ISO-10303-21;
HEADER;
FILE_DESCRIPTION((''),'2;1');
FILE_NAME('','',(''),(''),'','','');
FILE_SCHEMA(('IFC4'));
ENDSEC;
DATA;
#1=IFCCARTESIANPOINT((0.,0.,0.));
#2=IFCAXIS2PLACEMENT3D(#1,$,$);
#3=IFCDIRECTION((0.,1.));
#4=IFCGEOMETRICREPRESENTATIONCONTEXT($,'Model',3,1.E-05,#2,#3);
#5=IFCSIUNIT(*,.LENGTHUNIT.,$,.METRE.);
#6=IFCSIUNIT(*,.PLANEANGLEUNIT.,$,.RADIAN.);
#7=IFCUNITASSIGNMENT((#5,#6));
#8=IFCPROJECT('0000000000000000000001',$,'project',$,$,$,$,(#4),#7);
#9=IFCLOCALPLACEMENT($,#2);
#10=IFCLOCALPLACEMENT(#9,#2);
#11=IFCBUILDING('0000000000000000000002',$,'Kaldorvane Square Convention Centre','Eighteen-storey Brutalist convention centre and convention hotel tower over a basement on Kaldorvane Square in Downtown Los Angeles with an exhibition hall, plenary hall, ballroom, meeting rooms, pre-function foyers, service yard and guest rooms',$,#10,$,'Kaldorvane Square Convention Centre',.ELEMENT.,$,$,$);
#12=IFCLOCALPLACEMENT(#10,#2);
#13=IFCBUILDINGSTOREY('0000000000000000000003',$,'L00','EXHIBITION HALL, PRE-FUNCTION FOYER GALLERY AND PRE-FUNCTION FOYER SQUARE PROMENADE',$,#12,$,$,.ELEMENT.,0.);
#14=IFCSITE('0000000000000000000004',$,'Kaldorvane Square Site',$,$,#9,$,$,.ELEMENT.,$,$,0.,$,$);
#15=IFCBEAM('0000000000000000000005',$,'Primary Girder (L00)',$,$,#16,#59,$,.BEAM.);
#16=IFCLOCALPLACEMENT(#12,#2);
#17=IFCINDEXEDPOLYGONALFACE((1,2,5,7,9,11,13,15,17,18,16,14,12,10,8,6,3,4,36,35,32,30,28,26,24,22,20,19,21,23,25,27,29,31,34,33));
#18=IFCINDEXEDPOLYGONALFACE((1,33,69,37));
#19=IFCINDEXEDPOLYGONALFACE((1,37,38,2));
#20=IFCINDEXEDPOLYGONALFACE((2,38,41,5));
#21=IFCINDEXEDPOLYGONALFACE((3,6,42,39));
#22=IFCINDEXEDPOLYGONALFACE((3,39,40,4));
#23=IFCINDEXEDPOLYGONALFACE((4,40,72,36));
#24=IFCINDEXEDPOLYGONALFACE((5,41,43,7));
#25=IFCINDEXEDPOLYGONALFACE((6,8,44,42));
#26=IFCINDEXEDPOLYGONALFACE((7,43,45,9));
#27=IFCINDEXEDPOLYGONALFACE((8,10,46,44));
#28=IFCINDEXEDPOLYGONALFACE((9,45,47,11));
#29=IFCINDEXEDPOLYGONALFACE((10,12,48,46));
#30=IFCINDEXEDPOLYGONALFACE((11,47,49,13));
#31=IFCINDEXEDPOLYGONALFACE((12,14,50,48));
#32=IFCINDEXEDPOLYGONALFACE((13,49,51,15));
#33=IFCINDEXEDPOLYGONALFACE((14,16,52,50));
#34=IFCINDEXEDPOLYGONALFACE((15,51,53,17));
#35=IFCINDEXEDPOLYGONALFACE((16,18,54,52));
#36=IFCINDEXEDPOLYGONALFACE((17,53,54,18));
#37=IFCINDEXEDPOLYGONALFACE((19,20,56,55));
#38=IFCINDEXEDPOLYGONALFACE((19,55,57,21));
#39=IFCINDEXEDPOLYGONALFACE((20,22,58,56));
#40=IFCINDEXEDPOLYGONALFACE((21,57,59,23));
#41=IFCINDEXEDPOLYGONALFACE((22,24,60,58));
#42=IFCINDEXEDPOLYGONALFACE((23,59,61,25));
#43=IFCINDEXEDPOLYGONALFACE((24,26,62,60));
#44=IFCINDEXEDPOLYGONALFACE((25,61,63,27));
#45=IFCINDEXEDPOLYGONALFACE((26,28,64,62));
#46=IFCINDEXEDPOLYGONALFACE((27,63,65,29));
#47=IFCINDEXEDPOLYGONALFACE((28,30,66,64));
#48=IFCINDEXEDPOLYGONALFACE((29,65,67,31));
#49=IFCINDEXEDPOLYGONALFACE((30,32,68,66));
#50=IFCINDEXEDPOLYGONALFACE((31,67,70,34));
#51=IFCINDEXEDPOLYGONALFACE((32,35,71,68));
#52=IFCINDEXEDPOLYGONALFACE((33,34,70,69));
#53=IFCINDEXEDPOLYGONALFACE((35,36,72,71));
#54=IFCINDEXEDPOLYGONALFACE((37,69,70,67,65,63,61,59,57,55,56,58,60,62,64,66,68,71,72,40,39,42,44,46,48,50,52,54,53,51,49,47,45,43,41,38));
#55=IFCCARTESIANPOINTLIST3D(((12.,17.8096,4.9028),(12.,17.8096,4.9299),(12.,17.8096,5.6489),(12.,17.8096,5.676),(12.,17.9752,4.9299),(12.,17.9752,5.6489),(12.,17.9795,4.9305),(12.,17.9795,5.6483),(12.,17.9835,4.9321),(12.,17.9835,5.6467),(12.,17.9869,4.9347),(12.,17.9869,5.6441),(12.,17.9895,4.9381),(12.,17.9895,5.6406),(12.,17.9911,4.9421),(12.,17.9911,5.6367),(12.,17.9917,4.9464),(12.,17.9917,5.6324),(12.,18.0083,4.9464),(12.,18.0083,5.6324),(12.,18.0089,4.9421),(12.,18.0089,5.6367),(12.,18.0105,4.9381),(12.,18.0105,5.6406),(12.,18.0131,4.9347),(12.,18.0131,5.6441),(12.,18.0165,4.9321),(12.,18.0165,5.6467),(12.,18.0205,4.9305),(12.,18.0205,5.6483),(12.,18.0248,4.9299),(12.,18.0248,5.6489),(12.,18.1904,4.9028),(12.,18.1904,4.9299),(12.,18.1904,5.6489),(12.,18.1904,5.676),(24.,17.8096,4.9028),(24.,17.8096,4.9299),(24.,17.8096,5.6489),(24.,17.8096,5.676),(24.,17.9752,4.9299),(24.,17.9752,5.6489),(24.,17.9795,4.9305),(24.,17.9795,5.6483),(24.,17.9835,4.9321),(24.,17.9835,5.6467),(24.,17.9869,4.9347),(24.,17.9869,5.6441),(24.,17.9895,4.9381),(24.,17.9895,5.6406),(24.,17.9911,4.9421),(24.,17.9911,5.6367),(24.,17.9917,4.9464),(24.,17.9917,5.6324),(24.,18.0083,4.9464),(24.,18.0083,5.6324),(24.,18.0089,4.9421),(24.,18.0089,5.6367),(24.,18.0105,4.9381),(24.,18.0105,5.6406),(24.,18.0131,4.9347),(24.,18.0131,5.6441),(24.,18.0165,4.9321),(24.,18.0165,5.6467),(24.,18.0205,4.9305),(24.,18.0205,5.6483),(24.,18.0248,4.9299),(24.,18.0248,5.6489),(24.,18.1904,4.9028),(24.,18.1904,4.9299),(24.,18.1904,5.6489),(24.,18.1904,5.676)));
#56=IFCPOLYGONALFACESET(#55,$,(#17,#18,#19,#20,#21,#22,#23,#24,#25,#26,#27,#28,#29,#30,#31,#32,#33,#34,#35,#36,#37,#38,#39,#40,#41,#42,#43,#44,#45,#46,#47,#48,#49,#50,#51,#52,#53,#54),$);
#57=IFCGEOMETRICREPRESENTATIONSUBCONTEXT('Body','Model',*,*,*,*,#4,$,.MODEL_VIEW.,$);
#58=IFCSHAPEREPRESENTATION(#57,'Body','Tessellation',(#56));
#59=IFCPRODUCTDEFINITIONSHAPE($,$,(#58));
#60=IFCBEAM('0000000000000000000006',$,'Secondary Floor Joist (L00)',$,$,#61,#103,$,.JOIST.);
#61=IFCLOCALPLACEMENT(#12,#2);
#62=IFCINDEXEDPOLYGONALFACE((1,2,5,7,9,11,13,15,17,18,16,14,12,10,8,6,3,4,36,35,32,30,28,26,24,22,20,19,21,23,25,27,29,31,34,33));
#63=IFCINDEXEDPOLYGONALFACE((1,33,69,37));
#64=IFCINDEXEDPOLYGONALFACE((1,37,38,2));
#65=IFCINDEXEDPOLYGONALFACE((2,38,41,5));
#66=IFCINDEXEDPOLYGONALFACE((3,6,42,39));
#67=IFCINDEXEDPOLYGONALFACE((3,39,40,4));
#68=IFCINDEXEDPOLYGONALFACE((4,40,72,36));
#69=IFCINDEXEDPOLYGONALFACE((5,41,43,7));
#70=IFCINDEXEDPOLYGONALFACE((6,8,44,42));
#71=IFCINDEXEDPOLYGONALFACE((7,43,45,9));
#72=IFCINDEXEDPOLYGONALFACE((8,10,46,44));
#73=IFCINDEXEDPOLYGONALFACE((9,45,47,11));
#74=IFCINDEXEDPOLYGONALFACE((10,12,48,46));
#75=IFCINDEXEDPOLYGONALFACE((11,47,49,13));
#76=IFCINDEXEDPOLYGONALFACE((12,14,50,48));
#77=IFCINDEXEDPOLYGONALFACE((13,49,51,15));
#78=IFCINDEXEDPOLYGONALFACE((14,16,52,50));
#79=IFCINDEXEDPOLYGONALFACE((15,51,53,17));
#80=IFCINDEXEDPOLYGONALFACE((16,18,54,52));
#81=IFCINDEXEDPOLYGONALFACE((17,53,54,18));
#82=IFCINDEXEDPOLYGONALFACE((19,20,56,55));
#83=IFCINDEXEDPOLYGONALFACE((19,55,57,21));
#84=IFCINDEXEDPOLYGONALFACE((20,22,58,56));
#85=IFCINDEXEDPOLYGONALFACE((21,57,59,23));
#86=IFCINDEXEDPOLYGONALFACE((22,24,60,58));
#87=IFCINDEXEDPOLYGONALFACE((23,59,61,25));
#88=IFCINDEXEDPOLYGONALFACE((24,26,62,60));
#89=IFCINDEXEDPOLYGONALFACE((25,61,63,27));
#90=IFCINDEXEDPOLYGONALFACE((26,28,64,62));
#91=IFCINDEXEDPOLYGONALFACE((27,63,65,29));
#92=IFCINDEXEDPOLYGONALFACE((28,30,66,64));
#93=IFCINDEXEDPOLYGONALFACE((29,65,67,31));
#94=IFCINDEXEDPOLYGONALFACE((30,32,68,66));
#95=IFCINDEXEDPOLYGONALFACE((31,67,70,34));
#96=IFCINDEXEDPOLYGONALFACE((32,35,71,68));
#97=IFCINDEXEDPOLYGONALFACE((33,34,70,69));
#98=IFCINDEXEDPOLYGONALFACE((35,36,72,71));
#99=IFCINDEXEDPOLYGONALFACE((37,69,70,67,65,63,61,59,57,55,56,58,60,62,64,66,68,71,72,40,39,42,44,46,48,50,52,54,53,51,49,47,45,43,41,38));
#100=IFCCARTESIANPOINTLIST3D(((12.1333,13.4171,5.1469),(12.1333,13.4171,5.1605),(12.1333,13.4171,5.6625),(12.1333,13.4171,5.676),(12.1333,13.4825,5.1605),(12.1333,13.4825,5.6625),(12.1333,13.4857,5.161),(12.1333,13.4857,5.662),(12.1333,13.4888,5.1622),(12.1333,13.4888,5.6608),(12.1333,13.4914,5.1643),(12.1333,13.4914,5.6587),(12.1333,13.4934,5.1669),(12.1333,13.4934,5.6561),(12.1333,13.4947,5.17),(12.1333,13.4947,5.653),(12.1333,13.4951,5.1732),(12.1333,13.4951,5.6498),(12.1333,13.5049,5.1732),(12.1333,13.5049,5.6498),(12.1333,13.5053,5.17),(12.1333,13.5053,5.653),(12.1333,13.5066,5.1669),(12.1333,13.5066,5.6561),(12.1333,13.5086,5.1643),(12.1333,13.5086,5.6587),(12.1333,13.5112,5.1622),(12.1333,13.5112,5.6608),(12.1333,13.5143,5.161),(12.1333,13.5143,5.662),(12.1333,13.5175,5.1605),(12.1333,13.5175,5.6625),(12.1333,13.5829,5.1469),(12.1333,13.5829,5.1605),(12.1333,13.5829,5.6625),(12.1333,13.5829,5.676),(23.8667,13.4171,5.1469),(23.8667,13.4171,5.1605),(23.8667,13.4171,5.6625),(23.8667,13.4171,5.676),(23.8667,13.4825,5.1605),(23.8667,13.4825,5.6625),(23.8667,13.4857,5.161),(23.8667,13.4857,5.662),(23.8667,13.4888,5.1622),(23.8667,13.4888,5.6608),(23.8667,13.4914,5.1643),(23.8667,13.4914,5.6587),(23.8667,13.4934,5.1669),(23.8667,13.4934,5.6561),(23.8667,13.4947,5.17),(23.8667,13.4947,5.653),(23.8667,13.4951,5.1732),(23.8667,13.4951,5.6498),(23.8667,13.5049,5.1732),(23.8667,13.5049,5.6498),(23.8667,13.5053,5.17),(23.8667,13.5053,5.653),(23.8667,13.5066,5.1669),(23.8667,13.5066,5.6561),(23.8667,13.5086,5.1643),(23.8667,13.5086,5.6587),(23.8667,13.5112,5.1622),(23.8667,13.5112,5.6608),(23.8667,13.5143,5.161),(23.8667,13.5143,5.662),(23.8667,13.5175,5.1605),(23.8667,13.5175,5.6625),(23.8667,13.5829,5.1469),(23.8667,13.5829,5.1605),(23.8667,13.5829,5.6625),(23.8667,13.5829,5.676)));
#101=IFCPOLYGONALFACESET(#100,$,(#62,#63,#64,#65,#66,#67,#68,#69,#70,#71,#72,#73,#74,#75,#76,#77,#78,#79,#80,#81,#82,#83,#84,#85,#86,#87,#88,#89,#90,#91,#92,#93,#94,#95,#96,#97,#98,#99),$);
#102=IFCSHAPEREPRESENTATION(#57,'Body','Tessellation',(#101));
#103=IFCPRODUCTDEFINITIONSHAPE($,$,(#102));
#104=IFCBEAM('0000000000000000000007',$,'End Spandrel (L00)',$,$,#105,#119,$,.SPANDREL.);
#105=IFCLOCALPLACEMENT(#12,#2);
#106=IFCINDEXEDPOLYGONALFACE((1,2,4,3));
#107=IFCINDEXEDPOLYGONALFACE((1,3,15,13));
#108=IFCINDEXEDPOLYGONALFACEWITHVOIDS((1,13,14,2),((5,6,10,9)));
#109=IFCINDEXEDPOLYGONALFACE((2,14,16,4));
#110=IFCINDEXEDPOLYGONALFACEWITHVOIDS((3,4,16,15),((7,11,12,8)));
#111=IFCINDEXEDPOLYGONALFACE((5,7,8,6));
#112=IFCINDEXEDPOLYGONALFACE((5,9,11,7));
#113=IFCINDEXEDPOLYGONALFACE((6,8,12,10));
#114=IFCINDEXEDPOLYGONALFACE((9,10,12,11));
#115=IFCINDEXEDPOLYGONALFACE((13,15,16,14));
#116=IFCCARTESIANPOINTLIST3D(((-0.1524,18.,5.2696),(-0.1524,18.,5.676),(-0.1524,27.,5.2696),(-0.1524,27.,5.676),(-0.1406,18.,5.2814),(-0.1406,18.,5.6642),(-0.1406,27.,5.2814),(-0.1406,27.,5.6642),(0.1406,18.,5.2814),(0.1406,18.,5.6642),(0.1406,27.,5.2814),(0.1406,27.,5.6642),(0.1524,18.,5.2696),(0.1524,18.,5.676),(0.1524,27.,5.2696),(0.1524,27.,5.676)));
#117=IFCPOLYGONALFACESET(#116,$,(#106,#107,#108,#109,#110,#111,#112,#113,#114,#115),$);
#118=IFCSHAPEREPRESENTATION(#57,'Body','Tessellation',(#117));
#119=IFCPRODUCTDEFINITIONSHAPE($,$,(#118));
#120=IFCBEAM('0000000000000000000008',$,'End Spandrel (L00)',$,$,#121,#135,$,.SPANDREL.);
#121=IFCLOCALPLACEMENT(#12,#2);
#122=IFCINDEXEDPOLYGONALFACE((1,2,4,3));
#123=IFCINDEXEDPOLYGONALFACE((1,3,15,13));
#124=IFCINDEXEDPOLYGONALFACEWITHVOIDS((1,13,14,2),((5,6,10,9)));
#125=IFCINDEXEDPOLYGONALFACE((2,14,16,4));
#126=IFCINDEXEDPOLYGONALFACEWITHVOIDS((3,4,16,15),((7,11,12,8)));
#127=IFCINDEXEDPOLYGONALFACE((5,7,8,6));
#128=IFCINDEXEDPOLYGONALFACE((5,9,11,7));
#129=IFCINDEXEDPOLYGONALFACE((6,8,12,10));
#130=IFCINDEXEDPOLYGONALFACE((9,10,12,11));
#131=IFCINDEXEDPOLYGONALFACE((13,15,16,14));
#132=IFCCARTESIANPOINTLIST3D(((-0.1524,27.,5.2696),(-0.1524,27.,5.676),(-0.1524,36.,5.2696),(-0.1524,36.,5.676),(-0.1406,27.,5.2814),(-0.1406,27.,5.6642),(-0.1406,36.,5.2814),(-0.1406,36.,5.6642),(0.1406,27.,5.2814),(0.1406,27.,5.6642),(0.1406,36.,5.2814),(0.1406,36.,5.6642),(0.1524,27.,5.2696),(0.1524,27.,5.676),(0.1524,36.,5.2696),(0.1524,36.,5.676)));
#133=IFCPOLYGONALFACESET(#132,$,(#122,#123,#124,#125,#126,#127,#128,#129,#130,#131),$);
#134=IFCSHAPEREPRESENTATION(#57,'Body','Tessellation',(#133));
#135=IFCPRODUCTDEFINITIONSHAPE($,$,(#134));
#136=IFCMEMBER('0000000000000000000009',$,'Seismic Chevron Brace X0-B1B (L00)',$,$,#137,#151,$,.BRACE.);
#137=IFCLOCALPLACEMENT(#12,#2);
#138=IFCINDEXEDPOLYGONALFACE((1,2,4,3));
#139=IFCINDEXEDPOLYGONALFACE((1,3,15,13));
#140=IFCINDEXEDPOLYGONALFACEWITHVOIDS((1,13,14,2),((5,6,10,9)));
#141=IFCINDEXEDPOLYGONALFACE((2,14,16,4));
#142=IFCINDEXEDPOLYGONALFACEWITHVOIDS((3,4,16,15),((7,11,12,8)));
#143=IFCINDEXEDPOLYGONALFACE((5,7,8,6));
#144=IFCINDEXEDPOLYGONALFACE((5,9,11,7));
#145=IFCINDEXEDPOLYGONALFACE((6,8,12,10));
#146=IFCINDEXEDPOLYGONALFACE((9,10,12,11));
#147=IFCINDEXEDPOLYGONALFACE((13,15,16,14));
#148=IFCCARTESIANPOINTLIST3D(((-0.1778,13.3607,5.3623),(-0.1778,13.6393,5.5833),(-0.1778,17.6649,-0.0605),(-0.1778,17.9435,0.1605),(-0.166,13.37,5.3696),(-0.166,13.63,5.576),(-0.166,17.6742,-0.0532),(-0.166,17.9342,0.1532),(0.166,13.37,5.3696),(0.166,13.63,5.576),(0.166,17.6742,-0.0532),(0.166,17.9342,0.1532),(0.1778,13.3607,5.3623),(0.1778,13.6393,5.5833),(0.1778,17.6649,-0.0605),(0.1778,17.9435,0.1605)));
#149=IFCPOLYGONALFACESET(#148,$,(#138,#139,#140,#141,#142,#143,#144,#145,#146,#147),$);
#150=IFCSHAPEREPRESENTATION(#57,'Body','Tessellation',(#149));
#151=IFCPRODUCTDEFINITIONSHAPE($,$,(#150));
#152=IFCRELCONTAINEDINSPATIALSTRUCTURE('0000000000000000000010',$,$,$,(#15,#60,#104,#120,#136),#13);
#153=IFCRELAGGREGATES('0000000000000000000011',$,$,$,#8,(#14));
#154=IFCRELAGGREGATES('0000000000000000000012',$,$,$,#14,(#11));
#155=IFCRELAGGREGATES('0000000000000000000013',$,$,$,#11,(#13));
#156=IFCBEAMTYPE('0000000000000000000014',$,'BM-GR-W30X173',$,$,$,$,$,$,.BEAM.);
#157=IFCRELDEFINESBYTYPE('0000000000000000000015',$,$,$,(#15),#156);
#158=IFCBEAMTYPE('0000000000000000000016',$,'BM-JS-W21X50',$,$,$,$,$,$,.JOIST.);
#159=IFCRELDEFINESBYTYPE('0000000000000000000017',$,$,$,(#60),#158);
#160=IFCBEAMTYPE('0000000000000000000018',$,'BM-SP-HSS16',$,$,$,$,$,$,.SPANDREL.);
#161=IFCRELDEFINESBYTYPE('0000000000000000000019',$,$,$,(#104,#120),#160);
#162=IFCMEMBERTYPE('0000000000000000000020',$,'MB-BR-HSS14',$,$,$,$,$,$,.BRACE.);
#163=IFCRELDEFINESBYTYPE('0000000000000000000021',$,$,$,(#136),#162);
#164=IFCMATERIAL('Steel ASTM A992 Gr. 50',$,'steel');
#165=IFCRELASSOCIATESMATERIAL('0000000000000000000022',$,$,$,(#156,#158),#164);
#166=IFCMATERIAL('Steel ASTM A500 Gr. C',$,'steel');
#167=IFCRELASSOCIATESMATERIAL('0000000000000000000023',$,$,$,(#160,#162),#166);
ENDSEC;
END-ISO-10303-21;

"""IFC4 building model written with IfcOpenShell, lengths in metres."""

from ifc_helpers import new_model, si_unit, direction, frame, origin, origin_2d, place, context, subcontext, project, spatial, hollow_rectangle, i_section, extrude, material, material_profile, profile_set, type_object, element, save


model = new_model("IFC4")

# Units and contexts
model_context = context("Model", 3, precision=1e-05, world=origin(), true_north=direction((0.0, 1.0)))
body_context = subcontext(model_context, "Body", "Model", "MODEL_VIEW")
ifc_project = project(units=[si_unit("LENGTHUNIT", "METRE"), si_unit("PLANEANGLEUNIT", "RADIAN")], contexts=[model_context])

# Site, building, storey
site_placement = place(None, origin())
site = spatial("IfcSite", under=ifc_project, at=site_placement, Name="Kaldorvane Square Site", CompositionType="ELEMENT", RefElevation=0.0)
building_placement = place(site_placement, origin())
building = spatial("IfcBuilding", under=site, at=building_placement, Name="Kaldorvane Square Convention Centre", Description="Eighteen-storey Brutalist convention centre and convention hotel tower over a basement on Kaldorvane Square in Downtown Los Angeles with an exhibition hall, plenary hall, ballroom, meeting rooms, pre-function foyers, service yard and guest rooms", LongName="Kaldorvane Square Convention Centre", CompositionType="ELEMENT")
storey_placement = place(building_placement, origin())
storey = spatial("IfcBuildingStorey", under=building, at=storey_placement, Name="L00", Description="EXHIBITION HALL, PRE-FUNCTION FOYER GALLERY AND PRE-FUNCTION FOYER SQUARE PROMENADE", CompositionType="ELEMENT", Elevation=0.0)

# Shared definitions
ifc_material_1 = material(Name="Steel ASTM A500 Gr. C", Category="steel")
ifc_material_2 = material(Name="Steel ASTM A992 Gr. 50", Category="steel")

# Beams
ifc_material_profile_1 = material_profile(ifc_material_2, i_section(OverallWidth=0.3807, OverallDepth=0.7732, WebThickness=0.0166, FlangeThickness=0.0271, FilletRadius=0.0165, at=origin_2d()), Name="W30X173")
ifc_profile_set_1 = profile_set([ifc_material_profile_1], Name="Steel ASTM A992 Gr. 50")
beam_type_1 = type_object("IfcBeamType", Name="BM-GR-W30X173", PredefinedType="BEAM", material=ifc_profile_set_1)
for number, where, z_axis, x_axis, name in (
    (1, (12.0, 18.0, 5.2894), (1.0, 0.0, 0.0), (0.0, 1.0, 0.0), "Primary Girder (L00)"),
):
    element("IfcBeam", number, at=place(storey_placement, frame(where, z_axis=z_axis, x_axis=x_axis)), inside=storey, type_object=beam_type_1, Name=name, PredefinedType="BEAM", context=body_context, shape_type="SweptSolid", body=[
        extrude(i_section(OverallWidth=0.3807, OverallDepth=0.7732, WebThickness=0.0166, FlangeThickness=0.0271, FilletRadius=0.0165, at=origin_2d()), origin(), (0.0, 0.0, 1.0), 12.0),
    ])
ifc_material_profile_2 = material_profile(ifc_material_2, i_section(OverallWidth=0.1659, OverallDepth=0.5291, WebThickness=0.0097, FlangeThickness=0.0136, FilletRadius=0.0127, at=origin_2d()), Name="W21X50")
ifc_profile_set_2 = profile_set([ifc_material_profile_2], Name="Steel ASTM A992 Gr. 50")
beam_type_2 = type_object("IfcBeamType", Name="BM-JS-W21X50", PredefinedType="JOIST", material=ifc_profile_set_2)
beam_1_placement = place(storey_placement, frame((12.1333, 13.5, 5.4115), z_axis=(1.0, 0.0, 0.0), x_axis=(0.0, 1.0, 0.0)))
element("IfcBeam", 2, at=beam_1_placement, inside=storey, type_object=beam_type_2, Name="Secondary Floor Joist (L00)", PredefinedType="JOIST", context=body_context, shape_type="SweptSolid", body=[
    extrude(i_section(OverallWidth=0.1659, OverallDepth=0.5291, WebThickness=0.0097, FlangeThickness=0.0136, FilletRadius=0.0127, at=origin_2d()), origin(), (0.0, 0.0, 1.0), 11.7334),
])
ifc_material_profile_3 = material_profile(ifc_material_1, hollow_rectangle(XDim=0.3048, YDim=0.4064, WallThickness=0.0118, at=origin_2d()), Name="HSS16X12X1/2")
ifc_profile_set_3 = profile_set([ifc_material_profile_3], Name="Steel ASTM A500 Gr. C")
beam_type_3 = type_object("IfcBeamType", Name="BM-SP-HSS16", PredefinedType="SPANDREL", material=ifc_profile_set_3)
for number, where, z_axis, x_axis, name in (
    (3, (0.0, 18.0, 5.4728), (0.0, 1.0, 0.0), (-1.0, 0.0, 0.0), "End Spandrel (L00)"),
    (4, (0.0, 27.0, 5.4728), (0.0, 1.0, 0.0), (-1.0, 0.0, 0.0), "End Spandrel (L00)"),
):
    element("IfcBeam", number, at=place(storey_placement, frame(where, z_axis=z_axis, x_axis=x_axis)), inside=storey, type_object=beam_type_3, Name=name, PredefinedType="SPANDREL", context=body_context, shape_type="SweptSolid", body=[
        extrude(hollow_rectangle(XDim=0.3048, YDim=0.4064, WallThickness=0.0118, at=origin_2d()), origin(), (0.0, 0.0, 1.0), 9.0),
    ])

# Member
ifc_material_profile_4 = material_profile(ifc_material_1, hollow_rectangle(XDim=0.3556, YDim=0.3556, WallThickness=0.0118, at=origin_2d()), Name="HSS14X14X1/2")
ifc_profile_set_4 = profile_set([ifc_material_profile_4], Name="Steel ASTM A500 Gr. C")
member_type = type_object("IfcMemberType", Name="MB-BR-HSS14", PredefinedType="BRACE", material=ifc_profile_set_4)
member_placement = place(storey_placement, frame((0.0, 17.8042, 0.05), z_axis=(0.0, -0.621693, 0.783261), x_axis=(1.0, 0.0, 0.0)))
element("IfcMember", 5, at=member_placement, inside=storey, type_object=member_type, Name="Seismic Chevron Brace X0-B1B (L00)", PredefinedType="BRACE", context=body_context, shape_type="SweptSolid", body=[
    extrude(hollow_rectangle(XDim=0.3556, YDim=0.3556, WallThickness=0.0118, at=origin_2d()), origin(), (0.0, 0.0, 1.0), 6.9234),
])

save(model, "model.ifc")
